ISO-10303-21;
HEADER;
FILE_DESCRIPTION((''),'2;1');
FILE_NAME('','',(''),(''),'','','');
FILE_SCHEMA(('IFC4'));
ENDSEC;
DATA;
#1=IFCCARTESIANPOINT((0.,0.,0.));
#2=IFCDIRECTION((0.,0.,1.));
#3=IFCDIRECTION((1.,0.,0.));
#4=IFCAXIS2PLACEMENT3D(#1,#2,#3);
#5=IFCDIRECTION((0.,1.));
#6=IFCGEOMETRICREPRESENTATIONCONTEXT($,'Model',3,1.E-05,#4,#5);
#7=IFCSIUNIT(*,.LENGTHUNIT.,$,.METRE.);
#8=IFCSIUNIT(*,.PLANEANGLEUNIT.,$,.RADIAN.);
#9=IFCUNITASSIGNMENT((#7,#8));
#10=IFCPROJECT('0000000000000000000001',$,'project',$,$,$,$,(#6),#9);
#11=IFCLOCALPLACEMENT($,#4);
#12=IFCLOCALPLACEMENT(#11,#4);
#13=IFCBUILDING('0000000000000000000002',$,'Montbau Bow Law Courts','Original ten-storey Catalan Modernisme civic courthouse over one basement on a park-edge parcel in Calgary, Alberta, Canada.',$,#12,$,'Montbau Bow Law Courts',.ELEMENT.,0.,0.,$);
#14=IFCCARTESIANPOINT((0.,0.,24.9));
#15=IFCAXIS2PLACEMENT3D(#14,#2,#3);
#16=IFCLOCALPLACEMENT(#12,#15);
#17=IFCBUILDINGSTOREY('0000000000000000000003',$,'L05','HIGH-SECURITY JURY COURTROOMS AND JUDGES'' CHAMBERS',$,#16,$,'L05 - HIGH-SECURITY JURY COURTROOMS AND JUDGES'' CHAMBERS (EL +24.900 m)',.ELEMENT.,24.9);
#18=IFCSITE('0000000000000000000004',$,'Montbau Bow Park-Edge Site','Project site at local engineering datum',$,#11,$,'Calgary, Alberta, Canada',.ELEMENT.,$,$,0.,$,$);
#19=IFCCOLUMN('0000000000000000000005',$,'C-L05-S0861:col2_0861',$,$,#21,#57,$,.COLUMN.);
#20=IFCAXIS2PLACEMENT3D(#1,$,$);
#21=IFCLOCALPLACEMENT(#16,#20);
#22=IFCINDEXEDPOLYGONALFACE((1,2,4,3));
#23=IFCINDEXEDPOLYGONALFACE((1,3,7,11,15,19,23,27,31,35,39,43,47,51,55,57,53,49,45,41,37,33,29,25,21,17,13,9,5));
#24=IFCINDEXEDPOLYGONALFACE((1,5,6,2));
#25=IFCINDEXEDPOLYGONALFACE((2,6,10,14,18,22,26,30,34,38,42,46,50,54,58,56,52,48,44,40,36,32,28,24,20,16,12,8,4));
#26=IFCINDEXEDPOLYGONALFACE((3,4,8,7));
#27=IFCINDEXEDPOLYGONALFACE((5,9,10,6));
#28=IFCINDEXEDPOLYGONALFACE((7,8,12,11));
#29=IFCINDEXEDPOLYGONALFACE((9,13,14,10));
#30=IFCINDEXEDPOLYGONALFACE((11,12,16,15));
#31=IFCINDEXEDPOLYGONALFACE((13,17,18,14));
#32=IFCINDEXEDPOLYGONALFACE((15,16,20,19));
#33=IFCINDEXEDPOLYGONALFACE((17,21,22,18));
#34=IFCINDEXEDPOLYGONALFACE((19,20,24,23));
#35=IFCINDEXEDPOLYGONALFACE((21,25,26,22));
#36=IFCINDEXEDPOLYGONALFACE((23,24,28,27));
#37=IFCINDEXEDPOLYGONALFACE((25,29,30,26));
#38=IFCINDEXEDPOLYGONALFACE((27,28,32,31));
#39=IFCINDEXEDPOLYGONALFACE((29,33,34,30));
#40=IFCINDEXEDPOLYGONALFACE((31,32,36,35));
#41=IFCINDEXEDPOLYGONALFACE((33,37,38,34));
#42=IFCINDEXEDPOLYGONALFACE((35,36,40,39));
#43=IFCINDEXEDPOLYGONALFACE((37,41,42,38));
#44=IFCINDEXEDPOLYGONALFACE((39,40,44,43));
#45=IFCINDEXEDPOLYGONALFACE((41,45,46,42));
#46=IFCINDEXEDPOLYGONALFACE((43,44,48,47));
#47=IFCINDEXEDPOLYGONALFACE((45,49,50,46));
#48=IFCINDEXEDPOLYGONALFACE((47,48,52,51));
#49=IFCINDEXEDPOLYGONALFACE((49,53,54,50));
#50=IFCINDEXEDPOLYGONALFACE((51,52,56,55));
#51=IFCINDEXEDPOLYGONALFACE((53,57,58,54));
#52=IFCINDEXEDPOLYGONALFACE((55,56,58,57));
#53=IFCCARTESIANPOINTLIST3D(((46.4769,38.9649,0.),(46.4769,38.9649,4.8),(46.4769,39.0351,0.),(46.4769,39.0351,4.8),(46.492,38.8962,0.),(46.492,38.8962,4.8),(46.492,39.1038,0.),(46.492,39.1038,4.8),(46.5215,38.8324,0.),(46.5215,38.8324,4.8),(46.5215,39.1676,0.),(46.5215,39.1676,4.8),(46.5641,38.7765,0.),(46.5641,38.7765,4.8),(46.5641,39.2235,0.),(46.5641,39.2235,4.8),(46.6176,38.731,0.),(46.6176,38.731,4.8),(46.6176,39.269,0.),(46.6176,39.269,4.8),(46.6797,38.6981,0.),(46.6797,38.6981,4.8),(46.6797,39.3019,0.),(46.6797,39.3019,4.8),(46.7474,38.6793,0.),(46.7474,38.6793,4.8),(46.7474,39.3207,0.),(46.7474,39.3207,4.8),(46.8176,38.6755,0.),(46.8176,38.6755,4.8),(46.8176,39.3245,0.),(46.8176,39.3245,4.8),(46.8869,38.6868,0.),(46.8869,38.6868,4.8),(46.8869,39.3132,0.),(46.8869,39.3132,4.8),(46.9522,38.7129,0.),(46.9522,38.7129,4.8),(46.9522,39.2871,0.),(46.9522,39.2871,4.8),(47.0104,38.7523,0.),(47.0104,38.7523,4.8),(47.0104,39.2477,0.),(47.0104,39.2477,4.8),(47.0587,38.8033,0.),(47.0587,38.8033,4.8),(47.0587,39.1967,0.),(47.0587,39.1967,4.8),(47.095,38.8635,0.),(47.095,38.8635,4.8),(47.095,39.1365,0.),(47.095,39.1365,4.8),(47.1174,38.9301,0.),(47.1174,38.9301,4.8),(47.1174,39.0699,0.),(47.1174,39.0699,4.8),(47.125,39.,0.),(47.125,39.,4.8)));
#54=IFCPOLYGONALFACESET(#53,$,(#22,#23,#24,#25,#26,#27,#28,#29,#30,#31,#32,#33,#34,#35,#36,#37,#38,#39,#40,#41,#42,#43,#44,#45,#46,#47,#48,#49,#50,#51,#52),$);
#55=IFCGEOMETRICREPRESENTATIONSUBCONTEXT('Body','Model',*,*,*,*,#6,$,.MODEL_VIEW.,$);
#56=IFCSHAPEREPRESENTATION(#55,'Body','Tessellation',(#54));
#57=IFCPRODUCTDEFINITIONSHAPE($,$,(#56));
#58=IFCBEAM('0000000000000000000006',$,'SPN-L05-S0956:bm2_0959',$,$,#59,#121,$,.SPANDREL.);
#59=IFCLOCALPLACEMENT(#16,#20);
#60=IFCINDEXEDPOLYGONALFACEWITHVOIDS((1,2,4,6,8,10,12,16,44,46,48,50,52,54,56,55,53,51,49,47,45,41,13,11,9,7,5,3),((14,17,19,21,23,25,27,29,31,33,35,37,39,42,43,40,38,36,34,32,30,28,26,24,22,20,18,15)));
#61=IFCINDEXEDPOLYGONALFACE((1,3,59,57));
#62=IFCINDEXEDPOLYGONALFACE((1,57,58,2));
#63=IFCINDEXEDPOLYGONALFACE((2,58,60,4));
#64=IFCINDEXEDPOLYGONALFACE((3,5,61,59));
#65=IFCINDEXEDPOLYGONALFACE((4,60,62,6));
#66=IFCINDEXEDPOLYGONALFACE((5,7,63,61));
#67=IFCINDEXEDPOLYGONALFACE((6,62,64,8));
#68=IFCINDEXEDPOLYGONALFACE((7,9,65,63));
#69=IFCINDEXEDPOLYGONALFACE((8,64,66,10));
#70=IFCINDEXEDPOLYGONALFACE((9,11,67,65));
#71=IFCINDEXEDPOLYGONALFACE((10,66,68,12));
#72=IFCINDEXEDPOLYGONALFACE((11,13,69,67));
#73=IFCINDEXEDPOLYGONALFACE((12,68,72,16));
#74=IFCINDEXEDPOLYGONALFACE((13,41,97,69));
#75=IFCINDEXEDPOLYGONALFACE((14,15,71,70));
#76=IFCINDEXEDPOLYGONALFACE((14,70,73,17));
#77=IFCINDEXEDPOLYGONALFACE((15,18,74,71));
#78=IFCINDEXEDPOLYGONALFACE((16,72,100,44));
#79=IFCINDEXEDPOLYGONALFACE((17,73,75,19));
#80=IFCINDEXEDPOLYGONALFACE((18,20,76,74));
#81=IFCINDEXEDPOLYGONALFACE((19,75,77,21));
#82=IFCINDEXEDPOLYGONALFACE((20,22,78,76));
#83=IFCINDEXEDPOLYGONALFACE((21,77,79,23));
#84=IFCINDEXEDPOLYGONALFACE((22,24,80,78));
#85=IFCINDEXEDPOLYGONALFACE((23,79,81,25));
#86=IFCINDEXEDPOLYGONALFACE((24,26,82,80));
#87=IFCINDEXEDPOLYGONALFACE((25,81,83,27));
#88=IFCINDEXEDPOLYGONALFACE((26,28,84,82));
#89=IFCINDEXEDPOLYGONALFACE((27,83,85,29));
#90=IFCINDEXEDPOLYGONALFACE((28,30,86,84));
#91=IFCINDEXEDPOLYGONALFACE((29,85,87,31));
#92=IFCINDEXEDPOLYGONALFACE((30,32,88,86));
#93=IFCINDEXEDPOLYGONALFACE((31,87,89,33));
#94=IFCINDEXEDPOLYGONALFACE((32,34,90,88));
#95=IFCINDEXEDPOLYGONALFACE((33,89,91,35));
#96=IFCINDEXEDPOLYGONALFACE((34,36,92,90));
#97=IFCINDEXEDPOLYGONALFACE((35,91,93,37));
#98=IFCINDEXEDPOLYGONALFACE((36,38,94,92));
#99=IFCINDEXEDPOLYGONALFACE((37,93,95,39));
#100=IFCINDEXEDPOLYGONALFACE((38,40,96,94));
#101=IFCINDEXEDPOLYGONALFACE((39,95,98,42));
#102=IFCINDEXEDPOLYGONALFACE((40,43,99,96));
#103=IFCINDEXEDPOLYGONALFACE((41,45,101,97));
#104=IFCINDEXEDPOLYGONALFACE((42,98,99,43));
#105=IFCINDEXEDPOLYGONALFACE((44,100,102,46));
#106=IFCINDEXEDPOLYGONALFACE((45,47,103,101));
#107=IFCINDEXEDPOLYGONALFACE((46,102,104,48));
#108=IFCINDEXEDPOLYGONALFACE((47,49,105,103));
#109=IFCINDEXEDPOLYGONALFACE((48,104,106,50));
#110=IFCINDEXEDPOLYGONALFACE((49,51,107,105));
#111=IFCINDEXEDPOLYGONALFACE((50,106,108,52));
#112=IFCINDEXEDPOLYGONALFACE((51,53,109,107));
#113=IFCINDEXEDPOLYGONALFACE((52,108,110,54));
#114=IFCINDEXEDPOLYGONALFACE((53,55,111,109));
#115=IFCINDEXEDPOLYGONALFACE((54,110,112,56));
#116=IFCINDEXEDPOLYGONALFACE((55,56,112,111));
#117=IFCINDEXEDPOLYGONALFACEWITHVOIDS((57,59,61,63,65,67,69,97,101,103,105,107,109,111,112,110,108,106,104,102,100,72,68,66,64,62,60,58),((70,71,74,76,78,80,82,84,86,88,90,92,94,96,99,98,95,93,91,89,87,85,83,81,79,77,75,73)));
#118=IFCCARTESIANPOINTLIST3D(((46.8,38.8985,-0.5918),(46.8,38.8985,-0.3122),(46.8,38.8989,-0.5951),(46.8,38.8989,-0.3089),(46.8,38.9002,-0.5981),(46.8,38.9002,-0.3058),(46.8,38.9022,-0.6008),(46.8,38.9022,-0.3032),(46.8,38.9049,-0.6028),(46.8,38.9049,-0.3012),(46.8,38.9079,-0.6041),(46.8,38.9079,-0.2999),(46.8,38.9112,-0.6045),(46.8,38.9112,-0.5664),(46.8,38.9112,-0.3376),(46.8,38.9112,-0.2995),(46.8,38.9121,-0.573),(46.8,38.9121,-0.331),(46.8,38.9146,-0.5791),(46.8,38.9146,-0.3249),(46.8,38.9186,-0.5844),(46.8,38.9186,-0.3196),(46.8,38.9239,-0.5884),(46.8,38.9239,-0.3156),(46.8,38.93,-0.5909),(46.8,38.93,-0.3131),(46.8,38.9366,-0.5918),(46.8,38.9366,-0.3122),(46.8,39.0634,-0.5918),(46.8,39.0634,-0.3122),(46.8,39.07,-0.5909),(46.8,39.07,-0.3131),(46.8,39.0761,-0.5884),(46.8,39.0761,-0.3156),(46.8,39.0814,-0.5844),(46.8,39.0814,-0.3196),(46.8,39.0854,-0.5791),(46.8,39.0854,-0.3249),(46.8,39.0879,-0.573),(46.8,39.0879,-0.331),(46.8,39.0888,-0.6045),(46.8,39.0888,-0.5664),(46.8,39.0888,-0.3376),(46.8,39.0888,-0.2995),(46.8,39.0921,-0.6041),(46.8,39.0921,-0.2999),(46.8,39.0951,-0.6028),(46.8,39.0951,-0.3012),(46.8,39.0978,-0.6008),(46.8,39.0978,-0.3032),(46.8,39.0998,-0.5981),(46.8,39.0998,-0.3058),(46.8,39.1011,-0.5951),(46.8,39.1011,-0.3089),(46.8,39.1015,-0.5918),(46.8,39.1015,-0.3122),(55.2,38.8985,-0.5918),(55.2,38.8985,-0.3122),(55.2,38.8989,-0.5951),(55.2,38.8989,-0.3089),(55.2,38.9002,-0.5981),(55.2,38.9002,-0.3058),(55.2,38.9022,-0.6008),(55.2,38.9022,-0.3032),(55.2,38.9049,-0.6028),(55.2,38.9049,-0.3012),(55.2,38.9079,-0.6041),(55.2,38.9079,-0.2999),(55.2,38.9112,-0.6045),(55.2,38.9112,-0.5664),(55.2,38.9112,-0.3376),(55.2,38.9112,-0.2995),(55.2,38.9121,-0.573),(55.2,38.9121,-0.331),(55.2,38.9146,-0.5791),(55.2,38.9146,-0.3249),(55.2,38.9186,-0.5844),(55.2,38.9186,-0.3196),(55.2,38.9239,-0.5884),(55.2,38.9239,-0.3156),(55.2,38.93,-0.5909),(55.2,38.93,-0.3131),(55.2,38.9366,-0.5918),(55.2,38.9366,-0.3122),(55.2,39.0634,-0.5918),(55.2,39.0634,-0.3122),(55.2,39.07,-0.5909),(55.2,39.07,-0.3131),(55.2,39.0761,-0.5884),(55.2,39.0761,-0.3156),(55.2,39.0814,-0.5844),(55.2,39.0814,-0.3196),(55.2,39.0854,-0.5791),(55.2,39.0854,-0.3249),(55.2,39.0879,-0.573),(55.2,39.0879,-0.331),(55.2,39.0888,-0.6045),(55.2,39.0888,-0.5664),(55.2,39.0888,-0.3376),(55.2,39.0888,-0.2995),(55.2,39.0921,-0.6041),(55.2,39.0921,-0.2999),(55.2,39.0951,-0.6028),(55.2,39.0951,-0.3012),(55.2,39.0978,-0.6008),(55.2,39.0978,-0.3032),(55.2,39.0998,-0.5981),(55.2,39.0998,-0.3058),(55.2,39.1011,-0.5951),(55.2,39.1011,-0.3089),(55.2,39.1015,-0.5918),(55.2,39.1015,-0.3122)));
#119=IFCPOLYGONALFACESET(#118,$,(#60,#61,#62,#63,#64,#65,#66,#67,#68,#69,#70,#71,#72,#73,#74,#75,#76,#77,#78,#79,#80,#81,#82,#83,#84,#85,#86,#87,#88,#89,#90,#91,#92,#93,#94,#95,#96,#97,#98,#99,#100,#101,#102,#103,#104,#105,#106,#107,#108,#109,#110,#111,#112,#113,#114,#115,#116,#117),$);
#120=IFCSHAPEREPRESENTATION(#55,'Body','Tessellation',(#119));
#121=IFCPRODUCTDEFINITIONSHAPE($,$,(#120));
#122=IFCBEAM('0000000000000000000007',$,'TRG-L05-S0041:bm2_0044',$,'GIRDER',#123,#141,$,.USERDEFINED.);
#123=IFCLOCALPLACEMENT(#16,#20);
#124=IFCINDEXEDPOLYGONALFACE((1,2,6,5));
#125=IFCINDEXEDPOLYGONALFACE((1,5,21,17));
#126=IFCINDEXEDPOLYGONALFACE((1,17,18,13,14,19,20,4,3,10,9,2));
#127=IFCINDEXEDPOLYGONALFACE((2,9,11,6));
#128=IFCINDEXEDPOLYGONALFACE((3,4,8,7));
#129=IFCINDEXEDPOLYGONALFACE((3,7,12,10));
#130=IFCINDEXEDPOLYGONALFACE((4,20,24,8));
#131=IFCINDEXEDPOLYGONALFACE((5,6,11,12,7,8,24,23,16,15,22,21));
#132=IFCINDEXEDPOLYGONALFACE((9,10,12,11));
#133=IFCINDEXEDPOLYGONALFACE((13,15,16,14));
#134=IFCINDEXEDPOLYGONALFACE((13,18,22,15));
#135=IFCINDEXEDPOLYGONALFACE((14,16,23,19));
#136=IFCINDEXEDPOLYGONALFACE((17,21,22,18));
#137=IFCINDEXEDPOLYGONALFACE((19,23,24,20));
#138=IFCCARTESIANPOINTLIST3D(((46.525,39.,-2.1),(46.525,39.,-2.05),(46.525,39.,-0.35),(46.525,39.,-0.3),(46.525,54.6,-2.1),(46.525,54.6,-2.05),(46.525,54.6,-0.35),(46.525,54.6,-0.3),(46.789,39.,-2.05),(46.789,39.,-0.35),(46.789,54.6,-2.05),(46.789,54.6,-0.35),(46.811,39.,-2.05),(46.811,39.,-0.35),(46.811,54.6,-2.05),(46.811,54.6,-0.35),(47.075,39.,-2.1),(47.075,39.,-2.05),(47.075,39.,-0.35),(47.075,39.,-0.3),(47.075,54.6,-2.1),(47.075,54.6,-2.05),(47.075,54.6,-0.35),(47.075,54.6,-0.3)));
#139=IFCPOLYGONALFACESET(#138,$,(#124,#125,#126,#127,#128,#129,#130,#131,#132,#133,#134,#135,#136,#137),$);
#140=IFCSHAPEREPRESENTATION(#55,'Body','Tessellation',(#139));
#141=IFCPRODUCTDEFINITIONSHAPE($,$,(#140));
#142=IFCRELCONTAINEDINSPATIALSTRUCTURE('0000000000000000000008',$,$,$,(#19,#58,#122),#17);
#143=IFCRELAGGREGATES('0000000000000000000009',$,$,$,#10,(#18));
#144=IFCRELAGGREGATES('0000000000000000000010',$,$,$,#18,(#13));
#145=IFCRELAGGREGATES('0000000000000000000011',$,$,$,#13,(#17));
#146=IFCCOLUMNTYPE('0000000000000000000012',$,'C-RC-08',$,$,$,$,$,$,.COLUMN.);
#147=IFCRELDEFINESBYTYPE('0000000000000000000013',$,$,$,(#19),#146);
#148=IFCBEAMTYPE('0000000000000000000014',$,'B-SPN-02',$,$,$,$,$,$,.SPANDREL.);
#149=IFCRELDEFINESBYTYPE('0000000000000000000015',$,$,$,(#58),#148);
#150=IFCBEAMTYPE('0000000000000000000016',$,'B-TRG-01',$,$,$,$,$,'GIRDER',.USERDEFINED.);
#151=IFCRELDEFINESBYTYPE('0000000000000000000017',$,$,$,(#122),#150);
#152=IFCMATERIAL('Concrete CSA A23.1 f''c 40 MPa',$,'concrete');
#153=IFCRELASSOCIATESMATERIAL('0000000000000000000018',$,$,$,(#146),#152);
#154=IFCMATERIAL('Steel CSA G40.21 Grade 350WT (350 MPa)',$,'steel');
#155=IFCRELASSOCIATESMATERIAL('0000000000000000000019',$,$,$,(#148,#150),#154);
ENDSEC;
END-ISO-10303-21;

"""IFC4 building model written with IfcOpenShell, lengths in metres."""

from ifc_helpers import new_model, si_unit, direction, frame, origin_with_axes, origin_2d_with_axis, place, context, subcontext, project, spatial, hollow_rectangle, circle, i_section, extrude, material, material_profile, profile_set, type_object, element, save


model = new_model("IFC4")

# Units and contexts
model_context = context("Model", 3, precision=1e-05, world=origin_with_axes(), true_north=direction((0.0, 1.0)))
body_context = subcontext(model_context, "Body", "Model", "MODEL_VIEW")
ifc_project = project(units=[si_unit("LENGTHUNIT", "METRE"), si_unit("PLANEANGLEUNIT", "RADIAN")], contexts=[model_context])

# Site, building, storey
site_placement = place(None, origin_with_axes())
site = spatial("IfcSite", under=ifc_project, at=site_placement, Name="Montbau Bow Park-Edge Site", Description="Project site at local engineering datum", LongName="Calgary, Alberta, Canada", CompositionType="ELEMENT", RefElevation=0.0)
building_placement = place(site_placement, origin_with_axes())
building = spatial("IfcBuilding", under=site, at=building_placement, Name="Montbau Bow Law Courts", Description="Original ten-storey Catalan Modernisme civic courthouse over one basement on a park-edge parcel in Calgary, Alberta, Canada.", LongName="Montbau Bow Law Courts", CompositionType="ELEMENT", ElevationOfRefHeight=0.0, ElevationOfTerrain=0.0)
storey_placement = place(building_placement, frame((0.0, 0.0, 24.9), z_axis=(0.0, 0.0, 1.0), x_axis=(1.0, 0.0, 0.0)))
storey = spatial("IfcBuildingStorey", under=building, at=storey_placement, Name="L05", Description="HIGH-SECURITY JURY COURTROOMS AND JUDGES' CHAMBERS", LongName="L05 - HIGH-SECURITY JURY COURTROOMS AND JUDGES' CHAMBERS (EL +24.900 m)", CompositionType="ELEMENT", Elevation=24.9)

# Column
ifc_material_1 = material(Name="Concrete CSA A23.1 f'c 40 MPa", Category="concrete")
ifc_material_profile_1 = material_profile(ifc_material_1, circle(Radius=0.325, at=origin_2d_with_axis()), Name="RC650D", Category="Main", Priority=0)
ifc_profile_set_1 = profile_set([ifc_material_profile_1], Name="Concrete CSA A23.1 f'c 40 MPa")
column_type = type_object("IfcColumnType", Name="C-RC-08", PredefinedType="COLUMN", material=ifc_profile_set_1)
column_placement = place(None, frame((46.8, 39.0, 24.9), z_axis=(0.0, 0.0, 1.0), x_axis=(1.0, 0.0, 0.0)))
element("IfcColumn", 1, at=column_placement, inside=storey, type_object=column_type, Name="C-L05-S0861:col2_0861", PredefinedType="COLUMN", context=body_context, shape_type="SweptSolid", body=[
    extrude(circle(Radius=0.325, at=origin_2d_with_axis()), origin_with_axes(), (0.0, 0.0, 1.0), 4.8),
])

# Beams
ifc_material_2 = material(Name="Steel CSA G40.21 Grade 350WT (350 MPa)", Category="steel")
ifc_material_profile_2 = material_profile(ifc_material_2, hollow_rectangle(XDim=0.203, YDim=0.305, WallThickness=0.0127, InnerFilletRadius=0.0254, OuterFilletRadius=0.0127, at=origin_2d_with_axis()), Name="HSS305X203X13", Category="Main", Priority=0)
ifc_profile_set_2 = profile_set([ifc_material_profile_2], Name="Steel CSA G40.21 Grade 350WT (350 MPa)")
beam_type_1 = type_object("IfcBeamType", Name="B-SPN-02", PredefinedType="SPANDREL", material=ifc_profile_set_2)
beam_1_placement = place(None, frame((46.8, 39.0, 24.448), z_axis=(1.0, 0.0, 0.0), x_axis=(0.0, 1.0, 0.0)))
element("IfcBeam", 2, at=beam_1_placement, inside=storey, type_object=beam_type_1, Name="SPN-L05-S0956:bm2_0959", PredefinedType="SPANDREL", context=body_context, shape_type="SweptSolid", body=[
    extrude(hollow_rectangle(XDim=0.203, YDim=0.305, WallThickness=0.0127, InnerFilletRadius=0.0254, OuterFilletRadius=0.0127, at=origin_2d_with_axis()), origin_with_axes(), (0.0, 0.0, 1.0), 8.4),
])
ifc_material_profile_3 = material_profile(ifc_material_2, i_section(OverallWidth=0.55, OverallDepth=1.8, WebThickness=0.022, FlangeThickness=0.05, at=origin_2d_with_axis()), Name="WWF1800X550", Category="Main", Priority=0)
ifc_profile_set_3 = profile_set([ifc_material_profile_3], Name="Steel CSA G40.21 Grade 350WT (350 MPa)")
beam_type_2 = type_object("IfcBeamType", Name="B-TRG-01", ElementType="GIRDER", PredefinedType="USERDEFINED", material=ifc_profile_set_3)
beam_2_placement = place(None, frame((46.8, 39.0, 23.7), z_axis=(0.0, 1.0, 0.0), x_axis=(-1.0, 0.0, 0.0)))
element("IfcBeam", 3, at=beam_2_placement, inside=storey, type_object=beam_type_2, Name="TRG-L05-S0041:bm2_0044", ObjectType="GIRDER", PredefinedType="USERDEFINED", context=body_context, shape_type="SweptSolid", body=[
    extrude(i_section(OverallWidth=0.55, OverallDepth=1.8, WebThickness=0.022, FlangeThickness=0.05, at=origin_2d_with_axis()), origin_with_axes(), (0.0, 0.0, 1.0), 15.6),
])

save(model, "model.ifc")
